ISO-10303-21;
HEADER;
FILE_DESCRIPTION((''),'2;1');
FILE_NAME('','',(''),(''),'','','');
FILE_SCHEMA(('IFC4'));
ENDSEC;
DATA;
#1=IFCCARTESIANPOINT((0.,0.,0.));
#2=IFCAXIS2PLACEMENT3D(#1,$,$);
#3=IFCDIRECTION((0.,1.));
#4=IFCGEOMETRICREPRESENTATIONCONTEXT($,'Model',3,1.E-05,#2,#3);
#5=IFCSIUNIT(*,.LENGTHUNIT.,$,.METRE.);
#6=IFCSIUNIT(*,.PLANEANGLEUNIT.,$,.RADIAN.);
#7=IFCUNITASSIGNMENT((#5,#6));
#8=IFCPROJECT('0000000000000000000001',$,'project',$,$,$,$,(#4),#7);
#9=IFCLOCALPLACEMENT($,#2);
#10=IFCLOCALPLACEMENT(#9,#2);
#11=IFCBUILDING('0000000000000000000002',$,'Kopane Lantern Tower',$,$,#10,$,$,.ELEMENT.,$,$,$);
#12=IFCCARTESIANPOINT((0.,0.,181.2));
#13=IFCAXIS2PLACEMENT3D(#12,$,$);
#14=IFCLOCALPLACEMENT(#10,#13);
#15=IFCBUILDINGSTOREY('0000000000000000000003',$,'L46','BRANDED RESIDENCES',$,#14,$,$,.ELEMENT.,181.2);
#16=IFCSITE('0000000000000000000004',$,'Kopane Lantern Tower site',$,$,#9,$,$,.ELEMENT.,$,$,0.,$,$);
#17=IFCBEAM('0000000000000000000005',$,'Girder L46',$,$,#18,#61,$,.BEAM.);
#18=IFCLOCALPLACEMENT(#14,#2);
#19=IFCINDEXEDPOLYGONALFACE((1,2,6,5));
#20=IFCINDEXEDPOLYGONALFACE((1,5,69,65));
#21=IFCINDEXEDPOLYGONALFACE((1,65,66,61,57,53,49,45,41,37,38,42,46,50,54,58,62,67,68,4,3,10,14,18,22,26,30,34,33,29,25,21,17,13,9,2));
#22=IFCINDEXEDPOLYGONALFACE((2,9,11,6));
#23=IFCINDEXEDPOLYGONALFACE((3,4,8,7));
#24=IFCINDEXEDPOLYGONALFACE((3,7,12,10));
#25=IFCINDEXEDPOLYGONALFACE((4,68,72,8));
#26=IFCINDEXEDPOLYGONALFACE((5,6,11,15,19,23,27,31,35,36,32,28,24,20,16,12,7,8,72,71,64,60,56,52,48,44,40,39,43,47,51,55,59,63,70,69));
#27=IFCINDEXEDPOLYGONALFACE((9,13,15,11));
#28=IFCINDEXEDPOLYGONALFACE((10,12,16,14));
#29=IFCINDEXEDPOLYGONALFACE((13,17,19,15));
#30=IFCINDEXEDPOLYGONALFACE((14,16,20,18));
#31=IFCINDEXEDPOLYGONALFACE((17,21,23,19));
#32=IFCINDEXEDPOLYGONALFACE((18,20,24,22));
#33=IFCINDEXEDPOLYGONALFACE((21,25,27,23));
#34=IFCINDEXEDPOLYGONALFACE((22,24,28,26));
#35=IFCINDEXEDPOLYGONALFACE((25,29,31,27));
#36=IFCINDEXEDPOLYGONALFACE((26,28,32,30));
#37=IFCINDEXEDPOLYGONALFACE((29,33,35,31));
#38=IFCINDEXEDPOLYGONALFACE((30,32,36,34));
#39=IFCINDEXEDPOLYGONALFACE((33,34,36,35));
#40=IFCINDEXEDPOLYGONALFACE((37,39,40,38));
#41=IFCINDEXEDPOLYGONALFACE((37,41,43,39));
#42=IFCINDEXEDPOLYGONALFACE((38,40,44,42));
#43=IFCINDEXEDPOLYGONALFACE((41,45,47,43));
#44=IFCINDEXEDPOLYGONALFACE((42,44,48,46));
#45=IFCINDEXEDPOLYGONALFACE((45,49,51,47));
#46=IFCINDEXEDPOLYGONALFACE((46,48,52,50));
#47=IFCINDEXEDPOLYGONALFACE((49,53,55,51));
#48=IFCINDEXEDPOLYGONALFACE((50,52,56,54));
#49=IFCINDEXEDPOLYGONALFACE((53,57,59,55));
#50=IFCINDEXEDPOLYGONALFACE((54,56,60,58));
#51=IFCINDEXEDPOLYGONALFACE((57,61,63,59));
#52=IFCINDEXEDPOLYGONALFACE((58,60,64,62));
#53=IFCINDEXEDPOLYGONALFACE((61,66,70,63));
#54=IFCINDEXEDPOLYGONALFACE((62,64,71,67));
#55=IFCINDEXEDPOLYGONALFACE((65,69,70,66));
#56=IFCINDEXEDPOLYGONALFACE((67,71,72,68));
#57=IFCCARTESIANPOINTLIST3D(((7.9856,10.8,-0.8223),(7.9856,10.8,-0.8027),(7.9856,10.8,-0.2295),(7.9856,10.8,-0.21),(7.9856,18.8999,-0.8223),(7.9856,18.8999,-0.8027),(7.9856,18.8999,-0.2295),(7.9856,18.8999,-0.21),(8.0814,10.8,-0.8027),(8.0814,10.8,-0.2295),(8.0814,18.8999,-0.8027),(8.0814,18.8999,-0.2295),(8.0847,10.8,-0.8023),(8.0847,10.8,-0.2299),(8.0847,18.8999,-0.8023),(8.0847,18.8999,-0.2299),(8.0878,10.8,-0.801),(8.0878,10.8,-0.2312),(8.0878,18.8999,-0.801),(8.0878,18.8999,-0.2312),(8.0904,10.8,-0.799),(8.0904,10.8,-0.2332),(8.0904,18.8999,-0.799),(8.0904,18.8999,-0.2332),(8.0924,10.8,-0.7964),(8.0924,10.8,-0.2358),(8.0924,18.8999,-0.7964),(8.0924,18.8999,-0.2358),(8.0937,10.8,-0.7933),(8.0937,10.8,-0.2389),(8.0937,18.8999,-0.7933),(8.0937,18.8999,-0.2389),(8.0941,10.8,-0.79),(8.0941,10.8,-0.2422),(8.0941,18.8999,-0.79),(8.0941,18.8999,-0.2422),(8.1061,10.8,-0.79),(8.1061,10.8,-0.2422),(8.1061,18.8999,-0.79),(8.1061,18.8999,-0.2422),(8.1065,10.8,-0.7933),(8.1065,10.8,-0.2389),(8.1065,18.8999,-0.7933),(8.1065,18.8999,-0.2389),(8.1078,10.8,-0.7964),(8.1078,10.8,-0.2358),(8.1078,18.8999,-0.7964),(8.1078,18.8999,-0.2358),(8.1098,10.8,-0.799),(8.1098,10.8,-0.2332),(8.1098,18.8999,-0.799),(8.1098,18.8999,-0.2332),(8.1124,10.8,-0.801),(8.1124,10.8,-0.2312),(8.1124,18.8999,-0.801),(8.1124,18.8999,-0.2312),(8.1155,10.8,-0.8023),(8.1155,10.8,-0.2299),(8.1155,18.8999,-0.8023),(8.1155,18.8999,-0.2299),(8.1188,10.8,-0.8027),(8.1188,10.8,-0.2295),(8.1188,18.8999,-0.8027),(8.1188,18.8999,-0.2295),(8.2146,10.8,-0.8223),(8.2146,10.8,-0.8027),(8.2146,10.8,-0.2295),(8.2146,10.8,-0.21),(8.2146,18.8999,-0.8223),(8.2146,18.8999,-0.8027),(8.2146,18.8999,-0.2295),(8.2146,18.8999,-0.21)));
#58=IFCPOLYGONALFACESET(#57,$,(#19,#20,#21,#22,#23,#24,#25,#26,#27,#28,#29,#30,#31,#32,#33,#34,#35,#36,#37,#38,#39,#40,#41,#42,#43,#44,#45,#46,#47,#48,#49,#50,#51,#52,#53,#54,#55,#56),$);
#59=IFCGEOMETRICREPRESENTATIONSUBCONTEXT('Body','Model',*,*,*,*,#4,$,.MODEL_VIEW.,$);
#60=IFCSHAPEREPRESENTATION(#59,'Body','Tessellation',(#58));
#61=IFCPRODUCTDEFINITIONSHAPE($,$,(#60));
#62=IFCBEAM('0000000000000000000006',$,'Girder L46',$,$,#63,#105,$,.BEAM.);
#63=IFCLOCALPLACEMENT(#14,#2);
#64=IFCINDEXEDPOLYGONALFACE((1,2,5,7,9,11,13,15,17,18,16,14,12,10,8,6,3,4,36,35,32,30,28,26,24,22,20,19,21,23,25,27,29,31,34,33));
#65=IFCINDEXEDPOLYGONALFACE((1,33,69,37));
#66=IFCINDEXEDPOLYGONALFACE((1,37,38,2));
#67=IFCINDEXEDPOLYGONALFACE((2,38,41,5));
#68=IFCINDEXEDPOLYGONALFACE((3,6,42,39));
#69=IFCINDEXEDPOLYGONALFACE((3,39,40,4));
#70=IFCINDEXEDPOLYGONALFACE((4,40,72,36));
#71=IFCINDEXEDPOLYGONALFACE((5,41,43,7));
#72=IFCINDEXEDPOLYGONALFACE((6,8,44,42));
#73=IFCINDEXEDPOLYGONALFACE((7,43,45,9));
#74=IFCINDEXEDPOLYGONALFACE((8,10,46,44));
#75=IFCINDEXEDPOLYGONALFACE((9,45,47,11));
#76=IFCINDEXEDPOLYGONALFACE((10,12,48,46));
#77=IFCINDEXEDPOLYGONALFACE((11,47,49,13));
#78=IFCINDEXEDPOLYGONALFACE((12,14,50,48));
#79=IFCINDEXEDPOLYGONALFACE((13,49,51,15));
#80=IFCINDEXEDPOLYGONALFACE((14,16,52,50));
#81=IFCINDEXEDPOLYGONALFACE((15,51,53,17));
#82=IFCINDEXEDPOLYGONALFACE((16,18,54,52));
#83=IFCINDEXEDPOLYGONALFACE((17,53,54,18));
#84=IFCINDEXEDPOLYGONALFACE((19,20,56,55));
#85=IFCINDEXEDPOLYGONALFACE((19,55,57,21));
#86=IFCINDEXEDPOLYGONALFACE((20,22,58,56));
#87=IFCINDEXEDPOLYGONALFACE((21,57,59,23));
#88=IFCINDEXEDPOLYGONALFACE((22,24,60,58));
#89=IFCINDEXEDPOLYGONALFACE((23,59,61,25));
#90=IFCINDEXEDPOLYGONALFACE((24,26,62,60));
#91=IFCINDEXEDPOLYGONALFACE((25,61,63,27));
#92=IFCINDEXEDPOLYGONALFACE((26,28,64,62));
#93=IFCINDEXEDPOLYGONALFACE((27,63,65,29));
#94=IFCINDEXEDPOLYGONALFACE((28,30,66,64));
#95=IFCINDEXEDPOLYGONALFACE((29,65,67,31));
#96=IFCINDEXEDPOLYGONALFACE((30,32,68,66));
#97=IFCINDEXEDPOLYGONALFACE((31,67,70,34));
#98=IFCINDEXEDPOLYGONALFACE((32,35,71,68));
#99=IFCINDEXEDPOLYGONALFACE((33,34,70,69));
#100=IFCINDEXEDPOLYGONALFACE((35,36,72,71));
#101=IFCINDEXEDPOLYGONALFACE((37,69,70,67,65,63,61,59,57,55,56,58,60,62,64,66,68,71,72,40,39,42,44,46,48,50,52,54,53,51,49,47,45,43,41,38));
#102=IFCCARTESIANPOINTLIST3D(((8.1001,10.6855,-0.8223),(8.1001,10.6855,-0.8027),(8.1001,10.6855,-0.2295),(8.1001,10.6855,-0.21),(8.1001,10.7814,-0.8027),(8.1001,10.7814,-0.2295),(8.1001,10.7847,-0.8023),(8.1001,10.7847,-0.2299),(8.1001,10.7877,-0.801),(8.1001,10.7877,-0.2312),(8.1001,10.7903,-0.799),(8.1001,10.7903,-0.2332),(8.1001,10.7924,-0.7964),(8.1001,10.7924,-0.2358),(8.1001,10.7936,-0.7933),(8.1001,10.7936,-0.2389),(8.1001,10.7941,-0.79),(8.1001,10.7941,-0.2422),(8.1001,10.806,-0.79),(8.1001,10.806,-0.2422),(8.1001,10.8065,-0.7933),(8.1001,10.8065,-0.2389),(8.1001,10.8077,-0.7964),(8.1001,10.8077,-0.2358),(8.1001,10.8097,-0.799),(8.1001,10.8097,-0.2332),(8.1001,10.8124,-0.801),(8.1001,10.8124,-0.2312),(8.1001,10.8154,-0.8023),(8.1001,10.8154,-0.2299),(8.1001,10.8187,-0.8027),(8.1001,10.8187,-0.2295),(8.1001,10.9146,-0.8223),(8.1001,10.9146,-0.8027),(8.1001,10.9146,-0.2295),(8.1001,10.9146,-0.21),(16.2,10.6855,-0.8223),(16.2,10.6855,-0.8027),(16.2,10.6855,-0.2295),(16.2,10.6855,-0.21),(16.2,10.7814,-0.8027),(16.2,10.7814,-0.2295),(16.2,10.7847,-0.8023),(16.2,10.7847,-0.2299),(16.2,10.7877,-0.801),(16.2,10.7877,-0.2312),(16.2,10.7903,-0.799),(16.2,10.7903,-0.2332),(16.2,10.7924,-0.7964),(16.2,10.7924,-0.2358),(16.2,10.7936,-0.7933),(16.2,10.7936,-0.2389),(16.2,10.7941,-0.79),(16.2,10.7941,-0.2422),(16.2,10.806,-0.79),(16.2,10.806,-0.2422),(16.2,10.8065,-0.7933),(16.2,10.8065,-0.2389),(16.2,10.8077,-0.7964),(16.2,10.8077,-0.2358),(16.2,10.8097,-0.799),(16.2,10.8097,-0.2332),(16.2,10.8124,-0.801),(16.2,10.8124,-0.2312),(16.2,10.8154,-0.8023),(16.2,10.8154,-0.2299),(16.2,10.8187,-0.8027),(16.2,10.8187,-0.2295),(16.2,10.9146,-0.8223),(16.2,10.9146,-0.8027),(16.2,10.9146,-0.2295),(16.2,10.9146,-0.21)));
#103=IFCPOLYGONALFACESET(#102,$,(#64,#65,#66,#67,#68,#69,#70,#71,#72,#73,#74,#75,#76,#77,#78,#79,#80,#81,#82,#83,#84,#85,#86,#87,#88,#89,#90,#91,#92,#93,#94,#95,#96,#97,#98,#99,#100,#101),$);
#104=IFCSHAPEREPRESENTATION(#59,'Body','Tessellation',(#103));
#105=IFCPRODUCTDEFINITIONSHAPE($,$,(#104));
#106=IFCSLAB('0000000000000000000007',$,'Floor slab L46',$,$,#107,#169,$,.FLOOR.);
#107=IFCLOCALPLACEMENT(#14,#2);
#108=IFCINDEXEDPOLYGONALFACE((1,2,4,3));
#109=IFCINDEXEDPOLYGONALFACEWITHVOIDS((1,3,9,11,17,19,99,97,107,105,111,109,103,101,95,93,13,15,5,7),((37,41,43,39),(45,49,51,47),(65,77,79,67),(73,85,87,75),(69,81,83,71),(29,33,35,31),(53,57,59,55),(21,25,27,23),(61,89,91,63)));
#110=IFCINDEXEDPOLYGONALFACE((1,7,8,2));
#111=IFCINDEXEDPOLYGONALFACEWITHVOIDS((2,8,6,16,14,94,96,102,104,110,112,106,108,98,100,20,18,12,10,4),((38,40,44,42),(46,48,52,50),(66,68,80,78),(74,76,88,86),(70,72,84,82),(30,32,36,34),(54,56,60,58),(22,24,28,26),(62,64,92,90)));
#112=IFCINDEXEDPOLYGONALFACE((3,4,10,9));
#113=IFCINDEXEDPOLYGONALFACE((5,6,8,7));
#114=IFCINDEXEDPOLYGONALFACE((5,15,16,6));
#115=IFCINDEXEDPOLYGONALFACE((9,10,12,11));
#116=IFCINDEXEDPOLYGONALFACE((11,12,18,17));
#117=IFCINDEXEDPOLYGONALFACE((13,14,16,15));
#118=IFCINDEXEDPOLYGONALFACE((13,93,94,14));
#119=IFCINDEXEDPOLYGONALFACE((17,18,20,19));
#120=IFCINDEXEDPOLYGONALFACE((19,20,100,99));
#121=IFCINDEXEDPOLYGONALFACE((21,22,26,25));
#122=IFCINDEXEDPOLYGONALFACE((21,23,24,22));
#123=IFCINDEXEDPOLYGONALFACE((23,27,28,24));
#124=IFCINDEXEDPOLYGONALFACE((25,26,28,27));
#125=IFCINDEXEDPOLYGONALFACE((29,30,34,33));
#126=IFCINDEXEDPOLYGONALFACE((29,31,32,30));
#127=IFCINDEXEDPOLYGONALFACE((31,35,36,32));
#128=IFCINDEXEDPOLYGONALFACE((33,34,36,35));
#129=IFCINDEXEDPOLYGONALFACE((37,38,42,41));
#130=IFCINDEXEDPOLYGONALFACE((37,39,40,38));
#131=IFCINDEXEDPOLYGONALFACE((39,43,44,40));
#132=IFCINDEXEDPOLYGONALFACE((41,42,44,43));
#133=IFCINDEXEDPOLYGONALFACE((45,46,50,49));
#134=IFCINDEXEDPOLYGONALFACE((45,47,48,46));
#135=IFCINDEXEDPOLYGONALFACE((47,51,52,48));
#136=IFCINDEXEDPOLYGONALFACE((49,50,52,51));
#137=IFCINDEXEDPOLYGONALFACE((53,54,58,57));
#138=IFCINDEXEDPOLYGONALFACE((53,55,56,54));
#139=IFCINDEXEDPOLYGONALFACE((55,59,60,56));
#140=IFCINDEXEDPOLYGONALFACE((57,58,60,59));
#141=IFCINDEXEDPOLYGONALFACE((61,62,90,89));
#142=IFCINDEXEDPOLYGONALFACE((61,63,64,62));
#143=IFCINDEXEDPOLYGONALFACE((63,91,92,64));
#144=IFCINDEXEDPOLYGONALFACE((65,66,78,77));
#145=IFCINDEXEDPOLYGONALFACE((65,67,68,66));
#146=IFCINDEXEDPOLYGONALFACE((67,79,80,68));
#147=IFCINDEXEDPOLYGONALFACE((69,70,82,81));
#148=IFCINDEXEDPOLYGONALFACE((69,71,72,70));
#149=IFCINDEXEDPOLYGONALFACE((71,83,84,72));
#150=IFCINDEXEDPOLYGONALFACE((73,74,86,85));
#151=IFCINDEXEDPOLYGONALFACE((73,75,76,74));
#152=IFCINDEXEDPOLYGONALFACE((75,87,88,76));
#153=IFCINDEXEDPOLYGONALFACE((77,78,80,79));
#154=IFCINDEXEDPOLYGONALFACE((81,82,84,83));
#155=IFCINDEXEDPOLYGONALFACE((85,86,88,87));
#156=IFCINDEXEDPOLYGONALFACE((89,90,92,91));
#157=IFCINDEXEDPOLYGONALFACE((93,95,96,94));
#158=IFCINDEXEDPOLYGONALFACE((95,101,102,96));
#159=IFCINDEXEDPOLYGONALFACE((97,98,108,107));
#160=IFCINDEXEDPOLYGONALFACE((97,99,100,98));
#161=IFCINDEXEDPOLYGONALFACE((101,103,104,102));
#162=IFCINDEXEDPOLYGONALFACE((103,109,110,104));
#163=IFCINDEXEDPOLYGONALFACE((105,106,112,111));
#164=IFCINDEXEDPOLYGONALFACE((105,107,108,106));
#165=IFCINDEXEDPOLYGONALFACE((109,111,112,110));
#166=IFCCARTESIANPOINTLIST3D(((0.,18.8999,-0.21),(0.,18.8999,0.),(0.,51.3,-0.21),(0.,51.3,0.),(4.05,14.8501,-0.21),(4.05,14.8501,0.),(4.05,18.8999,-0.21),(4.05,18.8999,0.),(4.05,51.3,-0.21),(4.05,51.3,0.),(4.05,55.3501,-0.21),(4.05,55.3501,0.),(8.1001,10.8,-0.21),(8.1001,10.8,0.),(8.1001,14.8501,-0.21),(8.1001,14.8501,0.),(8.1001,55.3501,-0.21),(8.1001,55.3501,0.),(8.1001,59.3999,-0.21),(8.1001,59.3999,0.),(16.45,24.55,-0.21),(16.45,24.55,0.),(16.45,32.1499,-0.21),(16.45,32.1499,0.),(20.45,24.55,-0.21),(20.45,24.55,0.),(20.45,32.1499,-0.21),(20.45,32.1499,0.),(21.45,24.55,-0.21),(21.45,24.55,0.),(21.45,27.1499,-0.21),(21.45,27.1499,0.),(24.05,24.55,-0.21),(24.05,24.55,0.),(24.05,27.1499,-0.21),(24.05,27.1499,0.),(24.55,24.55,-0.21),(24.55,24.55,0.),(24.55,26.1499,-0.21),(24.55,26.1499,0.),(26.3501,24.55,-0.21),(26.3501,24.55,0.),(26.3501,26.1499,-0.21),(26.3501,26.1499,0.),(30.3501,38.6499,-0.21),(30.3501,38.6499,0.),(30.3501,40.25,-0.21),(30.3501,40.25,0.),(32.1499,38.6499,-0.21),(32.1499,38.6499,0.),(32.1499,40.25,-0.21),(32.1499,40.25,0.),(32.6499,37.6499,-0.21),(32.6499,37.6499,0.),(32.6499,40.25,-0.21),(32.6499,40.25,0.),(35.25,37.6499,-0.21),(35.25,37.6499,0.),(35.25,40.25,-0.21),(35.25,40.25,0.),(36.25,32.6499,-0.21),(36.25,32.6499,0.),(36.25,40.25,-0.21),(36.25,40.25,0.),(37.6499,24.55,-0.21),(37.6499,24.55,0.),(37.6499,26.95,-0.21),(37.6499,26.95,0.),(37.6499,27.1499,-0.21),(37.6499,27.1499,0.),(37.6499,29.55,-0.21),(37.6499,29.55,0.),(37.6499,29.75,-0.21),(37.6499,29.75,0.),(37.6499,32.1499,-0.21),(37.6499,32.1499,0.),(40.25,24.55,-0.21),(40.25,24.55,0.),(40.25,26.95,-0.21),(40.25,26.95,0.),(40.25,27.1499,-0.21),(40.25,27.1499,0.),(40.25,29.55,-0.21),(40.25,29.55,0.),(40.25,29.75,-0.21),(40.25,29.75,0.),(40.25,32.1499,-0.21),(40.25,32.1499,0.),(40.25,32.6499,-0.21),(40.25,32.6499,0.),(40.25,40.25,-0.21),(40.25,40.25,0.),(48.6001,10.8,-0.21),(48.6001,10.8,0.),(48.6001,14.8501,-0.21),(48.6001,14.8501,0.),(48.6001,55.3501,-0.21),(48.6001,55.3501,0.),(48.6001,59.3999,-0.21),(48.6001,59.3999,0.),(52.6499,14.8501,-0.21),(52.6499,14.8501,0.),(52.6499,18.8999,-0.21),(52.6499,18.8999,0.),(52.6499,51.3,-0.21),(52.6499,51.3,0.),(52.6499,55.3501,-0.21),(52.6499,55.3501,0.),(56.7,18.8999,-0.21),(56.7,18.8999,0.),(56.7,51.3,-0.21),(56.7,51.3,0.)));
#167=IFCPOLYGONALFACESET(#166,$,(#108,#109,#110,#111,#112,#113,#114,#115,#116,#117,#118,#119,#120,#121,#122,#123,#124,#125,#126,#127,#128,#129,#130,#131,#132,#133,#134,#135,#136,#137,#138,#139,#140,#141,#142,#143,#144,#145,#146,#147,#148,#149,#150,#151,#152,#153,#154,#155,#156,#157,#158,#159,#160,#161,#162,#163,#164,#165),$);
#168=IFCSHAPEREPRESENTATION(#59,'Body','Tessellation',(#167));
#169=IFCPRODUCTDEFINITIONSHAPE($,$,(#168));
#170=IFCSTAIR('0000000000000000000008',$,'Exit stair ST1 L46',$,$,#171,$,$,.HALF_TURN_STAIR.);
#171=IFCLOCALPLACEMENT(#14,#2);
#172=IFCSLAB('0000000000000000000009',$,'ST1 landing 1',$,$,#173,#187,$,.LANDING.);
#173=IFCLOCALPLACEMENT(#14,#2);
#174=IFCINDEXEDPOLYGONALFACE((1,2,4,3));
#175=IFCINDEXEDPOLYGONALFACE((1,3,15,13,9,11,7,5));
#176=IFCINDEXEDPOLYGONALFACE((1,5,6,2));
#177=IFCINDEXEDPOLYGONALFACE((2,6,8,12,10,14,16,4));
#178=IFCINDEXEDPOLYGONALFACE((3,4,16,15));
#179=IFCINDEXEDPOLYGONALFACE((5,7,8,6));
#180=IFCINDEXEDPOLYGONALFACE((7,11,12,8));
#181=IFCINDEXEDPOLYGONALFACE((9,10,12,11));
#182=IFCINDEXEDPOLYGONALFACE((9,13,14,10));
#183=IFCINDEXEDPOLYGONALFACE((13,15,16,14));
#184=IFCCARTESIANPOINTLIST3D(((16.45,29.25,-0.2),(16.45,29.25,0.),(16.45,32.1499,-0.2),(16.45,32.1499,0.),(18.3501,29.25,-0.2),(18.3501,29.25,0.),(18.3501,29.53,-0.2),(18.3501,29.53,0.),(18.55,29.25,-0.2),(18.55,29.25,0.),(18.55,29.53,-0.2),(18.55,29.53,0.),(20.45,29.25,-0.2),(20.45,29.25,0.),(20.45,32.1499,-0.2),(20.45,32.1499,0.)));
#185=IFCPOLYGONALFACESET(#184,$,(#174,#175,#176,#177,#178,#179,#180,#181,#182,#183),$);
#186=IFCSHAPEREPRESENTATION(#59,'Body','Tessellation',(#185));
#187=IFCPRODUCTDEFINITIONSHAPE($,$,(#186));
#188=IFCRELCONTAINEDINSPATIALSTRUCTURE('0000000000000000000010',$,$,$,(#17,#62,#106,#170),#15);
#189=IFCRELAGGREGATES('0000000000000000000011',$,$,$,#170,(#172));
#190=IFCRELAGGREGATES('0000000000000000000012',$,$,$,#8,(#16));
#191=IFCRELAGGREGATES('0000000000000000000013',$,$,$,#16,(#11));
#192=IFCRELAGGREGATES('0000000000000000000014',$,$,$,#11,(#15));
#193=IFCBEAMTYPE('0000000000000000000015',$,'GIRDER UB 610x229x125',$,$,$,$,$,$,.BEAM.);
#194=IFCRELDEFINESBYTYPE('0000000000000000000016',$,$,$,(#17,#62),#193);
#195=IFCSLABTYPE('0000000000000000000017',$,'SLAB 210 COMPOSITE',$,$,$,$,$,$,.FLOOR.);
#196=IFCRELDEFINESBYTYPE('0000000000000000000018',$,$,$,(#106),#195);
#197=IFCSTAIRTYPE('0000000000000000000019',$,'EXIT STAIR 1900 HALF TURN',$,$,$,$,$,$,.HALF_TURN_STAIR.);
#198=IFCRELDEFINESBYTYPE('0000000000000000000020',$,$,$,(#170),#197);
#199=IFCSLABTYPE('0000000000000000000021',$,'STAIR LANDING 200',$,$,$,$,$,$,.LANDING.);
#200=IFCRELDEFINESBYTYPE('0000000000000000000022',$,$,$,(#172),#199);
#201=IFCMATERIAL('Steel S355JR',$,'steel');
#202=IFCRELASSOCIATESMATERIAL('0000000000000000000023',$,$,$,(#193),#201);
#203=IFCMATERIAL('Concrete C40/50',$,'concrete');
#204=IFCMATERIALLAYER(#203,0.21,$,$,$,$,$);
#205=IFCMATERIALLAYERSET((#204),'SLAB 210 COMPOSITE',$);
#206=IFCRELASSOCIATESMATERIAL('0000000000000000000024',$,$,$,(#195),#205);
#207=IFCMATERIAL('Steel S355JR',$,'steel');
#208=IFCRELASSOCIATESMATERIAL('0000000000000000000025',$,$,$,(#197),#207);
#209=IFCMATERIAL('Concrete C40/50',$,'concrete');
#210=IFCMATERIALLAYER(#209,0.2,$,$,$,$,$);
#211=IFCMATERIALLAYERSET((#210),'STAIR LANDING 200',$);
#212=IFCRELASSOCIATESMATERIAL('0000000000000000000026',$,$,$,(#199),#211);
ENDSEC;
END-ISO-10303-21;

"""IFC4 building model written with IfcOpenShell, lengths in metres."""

from ifc_helpers import new_model, si_unit, direction, frame, origin, origin_2d, place, context, subcontext, project, spatial, polyline, i_section, outline, extrude, material, layer, layer_set, material_profile, profile_set, type_object, element, aggregate, save


model = new_model("IFC4")

# Units and contexts
model_context = context("Model", 3, precision=1e-05, world=origin(), true_north=direction((0.0, 1.0)))
body_context = subcontext(model_context, "Body", "Model", "MODEL_VIEW")
ifc_project = project(units=[si_unit("LENGTHUNIT", "METRE"), si_unit("PLANEANGLEUNIT", "RADIAN")], contexts=[model_context])

# Site, building, storey
site_placement = place(None, origin())
site = spatial("IfcSite", under=ifc_project, at=site_placement, Name="Kopane Lantern Tower site", CompositionType="ELEMENT", RefElevation=0.0)
building_placement = place(site_placement, origin())
building = spatial("IfcBuilding", under=site, at=building_placement, Name="Kopane Lantern Tower", CompositionType="ELEMENT")
storey_placement = place(building_placement, frame((0.0, 0.0, 181.2)))
storey = spatial("IfcBuildingStorey", under=building, at=storey_placement, Name="L46", Description="BRANDED RESIDENCES", CompositionType="ELEMENT", Elevation=181.2)

# Beams
ifc_material_1 = material(Name="Steel S355JR", Category="steel")
ifc_material_profile_1 = material_profile(ifc_material_1, i_section(OverallWidth=0.229, OverallDepth=0.6123, WebThickness=0.012, FlangeThickness=0.0195, FilletRadius=0.0127, at=origin_2d()), Name="UB 610x229x125")
ifc_profile_set_1 = profile_set([ifc_material_profile_1], Name="Steel S355JR")
beam_type_1 = type_object("IfcBeamType", Name="GIRDER UB 610x229x125", PredefinedType="BEAM", material=ifc_profile_set_1)
for number, where, z_axis, x_axis, name in (
    (1, (8.1001, 10.8, -0.5161), (0.0, 1.0, 0.0), (-1.0, 0.0, 0.0), "Girder L46"),
    (2, (8.1001, 10.8, -0.5161), (1.0, 0.0, 0.0), (0.0, 1.0, 0.0), "Girder L46"),
):
    element("IfcBeam", number, at=place(storey_placement, frame(where, z_axis=z_axis, x_axis=x_axis)), inside=storey, type_object=beam_type_1, Name=name, PredefinedType="BEAM", context=body_context, shape_type="SweptSolid", body=[
        extrude(i_section(OverallWidth=0.229, OverallDepth=0.6123, WebThickness=0.012, FlangeThickness=0.0195, FilletRadius=0.0127, at=origin_2d()), origin(), (0.0, 0.0, 1.0), 8.0999),
    ])

# Slab
ifc_material_2 = material(Name="Concrete C40/50", Category="concrete")
ifc_layer_1 = layer(ifc_material_2, 0.21)
ifc_layer_set_1 = layer_set([ifc_layer_1], Name="SLAB 210 COMPOSITE")
slab_type_1 = type_object("IfcSlabType", Name="SLAB 210 COMPOSITE", PredefinedType="FLOOR", material=ifc_layer_set_1)
slab_1_placement = place(storey_placement, frame((0.0, 0.0, -0.21)))
element("IfcSlab", 3, at=slab_1_placement, inside=storey, type_object=slab_type_1, Name="Floor slab L46", PredefinedType="FLOOR", context=body_context, shape_type="SweptSolid", body=[
    extrude(outline(polyline([(8.1001, 10.8), (48.6001, 10.8), (48.6001, 14.8501), (52.6499, 14.8501), (52.6499, 18.8999), (56.7, 18.8999), (56.7, 51.3), (52.6499, 51.3), (52.6499, 55.3501), (48.6001, 55.3501), (48.6001, 59.3999), (8.1001, 59.3999), (8.1001, 55.3501), (4.05, 55.3501), (4.05, 51.3), (0.0, 51.3), (0.0, 18.8999), (4.05, 18.8999), (4.05, 14.8501), (8.1001, 14.8501), (8.1001, 10.8)]), holes=[polyline([(16.45, 24.55), (20.45, 24.55), (20.45, 32.1499), (16.45, 32.1499), (16.45, 24.55)]), polyline([(36.25, 32.6499), (40.25, 32.6499), (40.25, 40.25), (36.25, 40.25), (36.25, 32.6499)]), polyline([(37.6499, 24.55), (40.25, 24.55), (40.25, 26.95), (37.6499, 26.95), (37.6499, 24.55)]), polyline([(37.6499, 27.1499), (40.25, 27.1499), (40.25, 29.55), (37.6499, 29.55), (37.6499, 27.1499)]), polyline([(37.6499, 29.75), (40.25, 29.75), (40.25, 32.1499), (37.6499, 32.1499), (37.6499, 29.75)]), polyline([(21.45, 24.55), (24.05, 24.55), (24.05, 27.1499), (21.45, 27.1499), (21.45, 24.55)]), polyline([(32.6499, 37.6499), (35.25, 37.6499), (35.25, 40.25), (32.6499, 40.25), (32.6499, 37.6499)]), polyline([(24.55, 24.55), (26.3501, 24.55), (26.3501, 26.1499), (24.55, 26.1499), (24.55, 24.55)]), polyline([(30.3501, 38.6499), (32.1499, 38.6499), (32.1499, 40.25), (30.3501, 40.25), (30.3501, 38.6499)])]), origin(), (0.0, 0.0, 1.0), 0.21),
])

# Stair, slab
ifc_material_3 = material(Name="Steel S355JR", Category="steel")
stair_type = type_object("IfcStairType", Name="EXIT STAIR 1900 HALF TURN", PredefinedType="HALF_TURN_STAIR", material=ifc_material_3)
stair_1_placement = place(storey_placement, origin())
stair_1 = element("IfcStair", 4, at=stair_1_placement, inside=storey, type_object=stair_type, Name="Exit stair ST1 L46", PredefinedType="HALF_TURN_STAIR")
ifc_material_4 = material(Name="Concrete C40/50", Category="concrete")
ifc_layer_2 = layer(ifc_material_4, 0.2)
ifc_layer_set_2 = layer_set([ifc_layer_2], Name="STAIR LANDING 200")
slab_type_2 = type_object("IfcSlabType", Name="STAIR LANDING 200", PredefinedType="LANDING", material=ifc_layer_set_2)
slab_2_placement = place(storey_placement, frame((0.0, 0.0, -0.2)))
slab_2 = element("IfcSlab", 5, at=slab_2_placement, type_object=slab_type_2, Name="ST1 landing 1", PredefinedType="LANDING", context=body_context, shape_type="SweptSolid", body=[
    extrude(outline(polyline([(18.3501, 29.53), (18.55, 29.53), (18.55, 29.25), (20.45, 29.25), (20.45, 32.1499), (16.45, 32.1499), (16.45, 29.25), (18.3501, 29.25), (18.3501, 29.53)])), origin(), (0.0, 0.0, 1.0), 0.2),
])
aggregate(stair_1, [slab_2])

save(model, "model.ifc")
